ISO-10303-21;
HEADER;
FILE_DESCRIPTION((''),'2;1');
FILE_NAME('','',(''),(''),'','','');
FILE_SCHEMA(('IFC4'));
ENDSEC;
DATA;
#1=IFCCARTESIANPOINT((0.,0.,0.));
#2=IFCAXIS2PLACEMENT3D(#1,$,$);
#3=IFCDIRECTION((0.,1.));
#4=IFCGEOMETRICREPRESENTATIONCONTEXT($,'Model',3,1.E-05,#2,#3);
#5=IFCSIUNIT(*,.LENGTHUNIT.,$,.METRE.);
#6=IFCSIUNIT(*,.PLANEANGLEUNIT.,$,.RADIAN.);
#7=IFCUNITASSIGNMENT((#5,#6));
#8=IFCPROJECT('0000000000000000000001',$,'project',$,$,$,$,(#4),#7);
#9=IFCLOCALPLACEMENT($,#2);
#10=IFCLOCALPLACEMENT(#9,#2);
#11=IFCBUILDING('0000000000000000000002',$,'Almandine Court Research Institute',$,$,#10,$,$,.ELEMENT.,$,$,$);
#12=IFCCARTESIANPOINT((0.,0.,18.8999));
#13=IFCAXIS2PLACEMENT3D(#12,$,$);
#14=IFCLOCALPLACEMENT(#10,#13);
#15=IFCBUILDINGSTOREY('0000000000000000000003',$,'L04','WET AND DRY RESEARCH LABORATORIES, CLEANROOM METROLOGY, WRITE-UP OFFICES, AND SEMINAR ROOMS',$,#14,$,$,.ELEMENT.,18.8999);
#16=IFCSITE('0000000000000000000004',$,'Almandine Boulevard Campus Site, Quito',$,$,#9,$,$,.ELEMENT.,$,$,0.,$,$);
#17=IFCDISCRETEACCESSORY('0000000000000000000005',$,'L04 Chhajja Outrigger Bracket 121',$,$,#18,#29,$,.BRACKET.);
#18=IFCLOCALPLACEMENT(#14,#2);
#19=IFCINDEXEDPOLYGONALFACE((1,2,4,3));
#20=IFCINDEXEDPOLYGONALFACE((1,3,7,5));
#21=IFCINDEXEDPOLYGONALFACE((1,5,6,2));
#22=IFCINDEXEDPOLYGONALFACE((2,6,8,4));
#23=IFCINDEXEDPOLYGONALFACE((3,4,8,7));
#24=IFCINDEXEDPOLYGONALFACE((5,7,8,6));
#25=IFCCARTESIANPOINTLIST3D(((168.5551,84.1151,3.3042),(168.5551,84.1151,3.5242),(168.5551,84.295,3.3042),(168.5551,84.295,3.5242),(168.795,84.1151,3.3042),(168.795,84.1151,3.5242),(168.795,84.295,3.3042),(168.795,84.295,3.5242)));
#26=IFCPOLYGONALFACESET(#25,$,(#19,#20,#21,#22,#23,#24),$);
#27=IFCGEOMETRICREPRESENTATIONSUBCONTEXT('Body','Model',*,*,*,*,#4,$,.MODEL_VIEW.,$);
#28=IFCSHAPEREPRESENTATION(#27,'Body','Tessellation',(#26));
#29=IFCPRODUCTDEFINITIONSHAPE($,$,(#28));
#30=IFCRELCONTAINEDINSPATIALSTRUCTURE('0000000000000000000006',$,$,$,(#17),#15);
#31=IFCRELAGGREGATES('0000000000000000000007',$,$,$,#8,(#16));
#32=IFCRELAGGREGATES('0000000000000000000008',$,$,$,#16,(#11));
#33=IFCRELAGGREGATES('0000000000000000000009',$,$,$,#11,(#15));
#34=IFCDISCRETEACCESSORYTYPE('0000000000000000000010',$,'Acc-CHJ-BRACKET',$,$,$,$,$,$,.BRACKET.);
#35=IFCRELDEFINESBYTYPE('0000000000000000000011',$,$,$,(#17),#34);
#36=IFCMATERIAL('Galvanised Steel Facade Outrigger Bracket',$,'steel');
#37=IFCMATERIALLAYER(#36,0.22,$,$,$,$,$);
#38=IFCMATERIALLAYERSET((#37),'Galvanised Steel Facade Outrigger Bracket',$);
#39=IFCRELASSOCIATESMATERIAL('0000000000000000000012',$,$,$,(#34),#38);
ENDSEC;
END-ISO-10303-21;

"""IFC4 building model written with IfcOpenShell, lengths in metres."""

from ifc_helpers import new_model, si_unit, direction, frame, origin, origin_2d, place, context, subcontext, project, spatial, rectangle, extrude, material, layer, layer_set, type_object, element, save


model = new_model("IFC4")

# Units and contexts
model_context = context("Model", 3, precision=1e-05, world=origin(), true_north=direction((0.0, 1.0)))
body_context = subcontext(model_context, "Body", "Model", "MODEL_VIEW")
ifc_project = project(units=[si_unit("LENGTHUNIT", "METRE"), si_unit("PLANEANGLEUNIT", "RADIAN")], contexts=[model_context])

# Site, building, storey
site_placement = place(None, origin())
site = spatial("IfcSite", under=ifc_project, at=site_placement, Name="Almandine Boulevard Campus Site, Quito", CompositionType="ELEMENT", RefElevation=0.0)
building_placement = place(site_placement, origin())
building = spatial("IfcBuilding", under=site, at=building_placement, Name="Almandine Court Research Institute", CompositionType="ELEMENT")
storey_placement = place(building_placement, frame((0.0, 0.0, 18.8999)))
storey = spatial("IfcBuildingStorey", under=building, at=storey_placement, Name="L04", Description="WET AND DRY RESEARCH LABORATORIES, CLEANROOM METROLOGY, WRITE-UP OFFICES, AND SEMINAR ROOMS", CompositionType="ELEMENT", Elevation=18.8999)

# Discrete accessory
ifc_material_1 = material(Name="Galvanised Steel Facade Outrigger Bracket", Category="steel")
ifc_layer_1 = layer(ifc_material_1, 0.22)
ifc_layer_set_1 = layer_set([ifc_layer_1], Name="Galvanised Steel Facade Outrigger Bracket")
discrete_accessory_type = type_object("IfcDiscreteAccessoryType", Name="Acc-CHJ-BRACKET", PredefinedType="BRACKET", material=ifc_layer_set_1)
for number, where, z_axis, x_axis, name in (
    (1, (168.675, 84.2051, 3.3042), (0.0, 0.0, 1.0), (1.0, 0.0, 0.0), "L04 Chhajja Outrigger Bracket 121"),
):
    element("IfcDiscreteAccessory", number, at=place(storey_placement, frame(where, z_axis=z_axis, x_axis=x_axis)), inside=storey, type_object=discrete_accessory_type, Name=name, PredefinedType="BRACKET", context=body_context, shape_type="SweptSolid", body=[
        extrude(rectangle(XDim=0.24, YDim=0.1799, at=origin_2d()), origin(), (0.0, 0.0, 1.0), 0.22),
    ])

save(model, "model.ifc")
